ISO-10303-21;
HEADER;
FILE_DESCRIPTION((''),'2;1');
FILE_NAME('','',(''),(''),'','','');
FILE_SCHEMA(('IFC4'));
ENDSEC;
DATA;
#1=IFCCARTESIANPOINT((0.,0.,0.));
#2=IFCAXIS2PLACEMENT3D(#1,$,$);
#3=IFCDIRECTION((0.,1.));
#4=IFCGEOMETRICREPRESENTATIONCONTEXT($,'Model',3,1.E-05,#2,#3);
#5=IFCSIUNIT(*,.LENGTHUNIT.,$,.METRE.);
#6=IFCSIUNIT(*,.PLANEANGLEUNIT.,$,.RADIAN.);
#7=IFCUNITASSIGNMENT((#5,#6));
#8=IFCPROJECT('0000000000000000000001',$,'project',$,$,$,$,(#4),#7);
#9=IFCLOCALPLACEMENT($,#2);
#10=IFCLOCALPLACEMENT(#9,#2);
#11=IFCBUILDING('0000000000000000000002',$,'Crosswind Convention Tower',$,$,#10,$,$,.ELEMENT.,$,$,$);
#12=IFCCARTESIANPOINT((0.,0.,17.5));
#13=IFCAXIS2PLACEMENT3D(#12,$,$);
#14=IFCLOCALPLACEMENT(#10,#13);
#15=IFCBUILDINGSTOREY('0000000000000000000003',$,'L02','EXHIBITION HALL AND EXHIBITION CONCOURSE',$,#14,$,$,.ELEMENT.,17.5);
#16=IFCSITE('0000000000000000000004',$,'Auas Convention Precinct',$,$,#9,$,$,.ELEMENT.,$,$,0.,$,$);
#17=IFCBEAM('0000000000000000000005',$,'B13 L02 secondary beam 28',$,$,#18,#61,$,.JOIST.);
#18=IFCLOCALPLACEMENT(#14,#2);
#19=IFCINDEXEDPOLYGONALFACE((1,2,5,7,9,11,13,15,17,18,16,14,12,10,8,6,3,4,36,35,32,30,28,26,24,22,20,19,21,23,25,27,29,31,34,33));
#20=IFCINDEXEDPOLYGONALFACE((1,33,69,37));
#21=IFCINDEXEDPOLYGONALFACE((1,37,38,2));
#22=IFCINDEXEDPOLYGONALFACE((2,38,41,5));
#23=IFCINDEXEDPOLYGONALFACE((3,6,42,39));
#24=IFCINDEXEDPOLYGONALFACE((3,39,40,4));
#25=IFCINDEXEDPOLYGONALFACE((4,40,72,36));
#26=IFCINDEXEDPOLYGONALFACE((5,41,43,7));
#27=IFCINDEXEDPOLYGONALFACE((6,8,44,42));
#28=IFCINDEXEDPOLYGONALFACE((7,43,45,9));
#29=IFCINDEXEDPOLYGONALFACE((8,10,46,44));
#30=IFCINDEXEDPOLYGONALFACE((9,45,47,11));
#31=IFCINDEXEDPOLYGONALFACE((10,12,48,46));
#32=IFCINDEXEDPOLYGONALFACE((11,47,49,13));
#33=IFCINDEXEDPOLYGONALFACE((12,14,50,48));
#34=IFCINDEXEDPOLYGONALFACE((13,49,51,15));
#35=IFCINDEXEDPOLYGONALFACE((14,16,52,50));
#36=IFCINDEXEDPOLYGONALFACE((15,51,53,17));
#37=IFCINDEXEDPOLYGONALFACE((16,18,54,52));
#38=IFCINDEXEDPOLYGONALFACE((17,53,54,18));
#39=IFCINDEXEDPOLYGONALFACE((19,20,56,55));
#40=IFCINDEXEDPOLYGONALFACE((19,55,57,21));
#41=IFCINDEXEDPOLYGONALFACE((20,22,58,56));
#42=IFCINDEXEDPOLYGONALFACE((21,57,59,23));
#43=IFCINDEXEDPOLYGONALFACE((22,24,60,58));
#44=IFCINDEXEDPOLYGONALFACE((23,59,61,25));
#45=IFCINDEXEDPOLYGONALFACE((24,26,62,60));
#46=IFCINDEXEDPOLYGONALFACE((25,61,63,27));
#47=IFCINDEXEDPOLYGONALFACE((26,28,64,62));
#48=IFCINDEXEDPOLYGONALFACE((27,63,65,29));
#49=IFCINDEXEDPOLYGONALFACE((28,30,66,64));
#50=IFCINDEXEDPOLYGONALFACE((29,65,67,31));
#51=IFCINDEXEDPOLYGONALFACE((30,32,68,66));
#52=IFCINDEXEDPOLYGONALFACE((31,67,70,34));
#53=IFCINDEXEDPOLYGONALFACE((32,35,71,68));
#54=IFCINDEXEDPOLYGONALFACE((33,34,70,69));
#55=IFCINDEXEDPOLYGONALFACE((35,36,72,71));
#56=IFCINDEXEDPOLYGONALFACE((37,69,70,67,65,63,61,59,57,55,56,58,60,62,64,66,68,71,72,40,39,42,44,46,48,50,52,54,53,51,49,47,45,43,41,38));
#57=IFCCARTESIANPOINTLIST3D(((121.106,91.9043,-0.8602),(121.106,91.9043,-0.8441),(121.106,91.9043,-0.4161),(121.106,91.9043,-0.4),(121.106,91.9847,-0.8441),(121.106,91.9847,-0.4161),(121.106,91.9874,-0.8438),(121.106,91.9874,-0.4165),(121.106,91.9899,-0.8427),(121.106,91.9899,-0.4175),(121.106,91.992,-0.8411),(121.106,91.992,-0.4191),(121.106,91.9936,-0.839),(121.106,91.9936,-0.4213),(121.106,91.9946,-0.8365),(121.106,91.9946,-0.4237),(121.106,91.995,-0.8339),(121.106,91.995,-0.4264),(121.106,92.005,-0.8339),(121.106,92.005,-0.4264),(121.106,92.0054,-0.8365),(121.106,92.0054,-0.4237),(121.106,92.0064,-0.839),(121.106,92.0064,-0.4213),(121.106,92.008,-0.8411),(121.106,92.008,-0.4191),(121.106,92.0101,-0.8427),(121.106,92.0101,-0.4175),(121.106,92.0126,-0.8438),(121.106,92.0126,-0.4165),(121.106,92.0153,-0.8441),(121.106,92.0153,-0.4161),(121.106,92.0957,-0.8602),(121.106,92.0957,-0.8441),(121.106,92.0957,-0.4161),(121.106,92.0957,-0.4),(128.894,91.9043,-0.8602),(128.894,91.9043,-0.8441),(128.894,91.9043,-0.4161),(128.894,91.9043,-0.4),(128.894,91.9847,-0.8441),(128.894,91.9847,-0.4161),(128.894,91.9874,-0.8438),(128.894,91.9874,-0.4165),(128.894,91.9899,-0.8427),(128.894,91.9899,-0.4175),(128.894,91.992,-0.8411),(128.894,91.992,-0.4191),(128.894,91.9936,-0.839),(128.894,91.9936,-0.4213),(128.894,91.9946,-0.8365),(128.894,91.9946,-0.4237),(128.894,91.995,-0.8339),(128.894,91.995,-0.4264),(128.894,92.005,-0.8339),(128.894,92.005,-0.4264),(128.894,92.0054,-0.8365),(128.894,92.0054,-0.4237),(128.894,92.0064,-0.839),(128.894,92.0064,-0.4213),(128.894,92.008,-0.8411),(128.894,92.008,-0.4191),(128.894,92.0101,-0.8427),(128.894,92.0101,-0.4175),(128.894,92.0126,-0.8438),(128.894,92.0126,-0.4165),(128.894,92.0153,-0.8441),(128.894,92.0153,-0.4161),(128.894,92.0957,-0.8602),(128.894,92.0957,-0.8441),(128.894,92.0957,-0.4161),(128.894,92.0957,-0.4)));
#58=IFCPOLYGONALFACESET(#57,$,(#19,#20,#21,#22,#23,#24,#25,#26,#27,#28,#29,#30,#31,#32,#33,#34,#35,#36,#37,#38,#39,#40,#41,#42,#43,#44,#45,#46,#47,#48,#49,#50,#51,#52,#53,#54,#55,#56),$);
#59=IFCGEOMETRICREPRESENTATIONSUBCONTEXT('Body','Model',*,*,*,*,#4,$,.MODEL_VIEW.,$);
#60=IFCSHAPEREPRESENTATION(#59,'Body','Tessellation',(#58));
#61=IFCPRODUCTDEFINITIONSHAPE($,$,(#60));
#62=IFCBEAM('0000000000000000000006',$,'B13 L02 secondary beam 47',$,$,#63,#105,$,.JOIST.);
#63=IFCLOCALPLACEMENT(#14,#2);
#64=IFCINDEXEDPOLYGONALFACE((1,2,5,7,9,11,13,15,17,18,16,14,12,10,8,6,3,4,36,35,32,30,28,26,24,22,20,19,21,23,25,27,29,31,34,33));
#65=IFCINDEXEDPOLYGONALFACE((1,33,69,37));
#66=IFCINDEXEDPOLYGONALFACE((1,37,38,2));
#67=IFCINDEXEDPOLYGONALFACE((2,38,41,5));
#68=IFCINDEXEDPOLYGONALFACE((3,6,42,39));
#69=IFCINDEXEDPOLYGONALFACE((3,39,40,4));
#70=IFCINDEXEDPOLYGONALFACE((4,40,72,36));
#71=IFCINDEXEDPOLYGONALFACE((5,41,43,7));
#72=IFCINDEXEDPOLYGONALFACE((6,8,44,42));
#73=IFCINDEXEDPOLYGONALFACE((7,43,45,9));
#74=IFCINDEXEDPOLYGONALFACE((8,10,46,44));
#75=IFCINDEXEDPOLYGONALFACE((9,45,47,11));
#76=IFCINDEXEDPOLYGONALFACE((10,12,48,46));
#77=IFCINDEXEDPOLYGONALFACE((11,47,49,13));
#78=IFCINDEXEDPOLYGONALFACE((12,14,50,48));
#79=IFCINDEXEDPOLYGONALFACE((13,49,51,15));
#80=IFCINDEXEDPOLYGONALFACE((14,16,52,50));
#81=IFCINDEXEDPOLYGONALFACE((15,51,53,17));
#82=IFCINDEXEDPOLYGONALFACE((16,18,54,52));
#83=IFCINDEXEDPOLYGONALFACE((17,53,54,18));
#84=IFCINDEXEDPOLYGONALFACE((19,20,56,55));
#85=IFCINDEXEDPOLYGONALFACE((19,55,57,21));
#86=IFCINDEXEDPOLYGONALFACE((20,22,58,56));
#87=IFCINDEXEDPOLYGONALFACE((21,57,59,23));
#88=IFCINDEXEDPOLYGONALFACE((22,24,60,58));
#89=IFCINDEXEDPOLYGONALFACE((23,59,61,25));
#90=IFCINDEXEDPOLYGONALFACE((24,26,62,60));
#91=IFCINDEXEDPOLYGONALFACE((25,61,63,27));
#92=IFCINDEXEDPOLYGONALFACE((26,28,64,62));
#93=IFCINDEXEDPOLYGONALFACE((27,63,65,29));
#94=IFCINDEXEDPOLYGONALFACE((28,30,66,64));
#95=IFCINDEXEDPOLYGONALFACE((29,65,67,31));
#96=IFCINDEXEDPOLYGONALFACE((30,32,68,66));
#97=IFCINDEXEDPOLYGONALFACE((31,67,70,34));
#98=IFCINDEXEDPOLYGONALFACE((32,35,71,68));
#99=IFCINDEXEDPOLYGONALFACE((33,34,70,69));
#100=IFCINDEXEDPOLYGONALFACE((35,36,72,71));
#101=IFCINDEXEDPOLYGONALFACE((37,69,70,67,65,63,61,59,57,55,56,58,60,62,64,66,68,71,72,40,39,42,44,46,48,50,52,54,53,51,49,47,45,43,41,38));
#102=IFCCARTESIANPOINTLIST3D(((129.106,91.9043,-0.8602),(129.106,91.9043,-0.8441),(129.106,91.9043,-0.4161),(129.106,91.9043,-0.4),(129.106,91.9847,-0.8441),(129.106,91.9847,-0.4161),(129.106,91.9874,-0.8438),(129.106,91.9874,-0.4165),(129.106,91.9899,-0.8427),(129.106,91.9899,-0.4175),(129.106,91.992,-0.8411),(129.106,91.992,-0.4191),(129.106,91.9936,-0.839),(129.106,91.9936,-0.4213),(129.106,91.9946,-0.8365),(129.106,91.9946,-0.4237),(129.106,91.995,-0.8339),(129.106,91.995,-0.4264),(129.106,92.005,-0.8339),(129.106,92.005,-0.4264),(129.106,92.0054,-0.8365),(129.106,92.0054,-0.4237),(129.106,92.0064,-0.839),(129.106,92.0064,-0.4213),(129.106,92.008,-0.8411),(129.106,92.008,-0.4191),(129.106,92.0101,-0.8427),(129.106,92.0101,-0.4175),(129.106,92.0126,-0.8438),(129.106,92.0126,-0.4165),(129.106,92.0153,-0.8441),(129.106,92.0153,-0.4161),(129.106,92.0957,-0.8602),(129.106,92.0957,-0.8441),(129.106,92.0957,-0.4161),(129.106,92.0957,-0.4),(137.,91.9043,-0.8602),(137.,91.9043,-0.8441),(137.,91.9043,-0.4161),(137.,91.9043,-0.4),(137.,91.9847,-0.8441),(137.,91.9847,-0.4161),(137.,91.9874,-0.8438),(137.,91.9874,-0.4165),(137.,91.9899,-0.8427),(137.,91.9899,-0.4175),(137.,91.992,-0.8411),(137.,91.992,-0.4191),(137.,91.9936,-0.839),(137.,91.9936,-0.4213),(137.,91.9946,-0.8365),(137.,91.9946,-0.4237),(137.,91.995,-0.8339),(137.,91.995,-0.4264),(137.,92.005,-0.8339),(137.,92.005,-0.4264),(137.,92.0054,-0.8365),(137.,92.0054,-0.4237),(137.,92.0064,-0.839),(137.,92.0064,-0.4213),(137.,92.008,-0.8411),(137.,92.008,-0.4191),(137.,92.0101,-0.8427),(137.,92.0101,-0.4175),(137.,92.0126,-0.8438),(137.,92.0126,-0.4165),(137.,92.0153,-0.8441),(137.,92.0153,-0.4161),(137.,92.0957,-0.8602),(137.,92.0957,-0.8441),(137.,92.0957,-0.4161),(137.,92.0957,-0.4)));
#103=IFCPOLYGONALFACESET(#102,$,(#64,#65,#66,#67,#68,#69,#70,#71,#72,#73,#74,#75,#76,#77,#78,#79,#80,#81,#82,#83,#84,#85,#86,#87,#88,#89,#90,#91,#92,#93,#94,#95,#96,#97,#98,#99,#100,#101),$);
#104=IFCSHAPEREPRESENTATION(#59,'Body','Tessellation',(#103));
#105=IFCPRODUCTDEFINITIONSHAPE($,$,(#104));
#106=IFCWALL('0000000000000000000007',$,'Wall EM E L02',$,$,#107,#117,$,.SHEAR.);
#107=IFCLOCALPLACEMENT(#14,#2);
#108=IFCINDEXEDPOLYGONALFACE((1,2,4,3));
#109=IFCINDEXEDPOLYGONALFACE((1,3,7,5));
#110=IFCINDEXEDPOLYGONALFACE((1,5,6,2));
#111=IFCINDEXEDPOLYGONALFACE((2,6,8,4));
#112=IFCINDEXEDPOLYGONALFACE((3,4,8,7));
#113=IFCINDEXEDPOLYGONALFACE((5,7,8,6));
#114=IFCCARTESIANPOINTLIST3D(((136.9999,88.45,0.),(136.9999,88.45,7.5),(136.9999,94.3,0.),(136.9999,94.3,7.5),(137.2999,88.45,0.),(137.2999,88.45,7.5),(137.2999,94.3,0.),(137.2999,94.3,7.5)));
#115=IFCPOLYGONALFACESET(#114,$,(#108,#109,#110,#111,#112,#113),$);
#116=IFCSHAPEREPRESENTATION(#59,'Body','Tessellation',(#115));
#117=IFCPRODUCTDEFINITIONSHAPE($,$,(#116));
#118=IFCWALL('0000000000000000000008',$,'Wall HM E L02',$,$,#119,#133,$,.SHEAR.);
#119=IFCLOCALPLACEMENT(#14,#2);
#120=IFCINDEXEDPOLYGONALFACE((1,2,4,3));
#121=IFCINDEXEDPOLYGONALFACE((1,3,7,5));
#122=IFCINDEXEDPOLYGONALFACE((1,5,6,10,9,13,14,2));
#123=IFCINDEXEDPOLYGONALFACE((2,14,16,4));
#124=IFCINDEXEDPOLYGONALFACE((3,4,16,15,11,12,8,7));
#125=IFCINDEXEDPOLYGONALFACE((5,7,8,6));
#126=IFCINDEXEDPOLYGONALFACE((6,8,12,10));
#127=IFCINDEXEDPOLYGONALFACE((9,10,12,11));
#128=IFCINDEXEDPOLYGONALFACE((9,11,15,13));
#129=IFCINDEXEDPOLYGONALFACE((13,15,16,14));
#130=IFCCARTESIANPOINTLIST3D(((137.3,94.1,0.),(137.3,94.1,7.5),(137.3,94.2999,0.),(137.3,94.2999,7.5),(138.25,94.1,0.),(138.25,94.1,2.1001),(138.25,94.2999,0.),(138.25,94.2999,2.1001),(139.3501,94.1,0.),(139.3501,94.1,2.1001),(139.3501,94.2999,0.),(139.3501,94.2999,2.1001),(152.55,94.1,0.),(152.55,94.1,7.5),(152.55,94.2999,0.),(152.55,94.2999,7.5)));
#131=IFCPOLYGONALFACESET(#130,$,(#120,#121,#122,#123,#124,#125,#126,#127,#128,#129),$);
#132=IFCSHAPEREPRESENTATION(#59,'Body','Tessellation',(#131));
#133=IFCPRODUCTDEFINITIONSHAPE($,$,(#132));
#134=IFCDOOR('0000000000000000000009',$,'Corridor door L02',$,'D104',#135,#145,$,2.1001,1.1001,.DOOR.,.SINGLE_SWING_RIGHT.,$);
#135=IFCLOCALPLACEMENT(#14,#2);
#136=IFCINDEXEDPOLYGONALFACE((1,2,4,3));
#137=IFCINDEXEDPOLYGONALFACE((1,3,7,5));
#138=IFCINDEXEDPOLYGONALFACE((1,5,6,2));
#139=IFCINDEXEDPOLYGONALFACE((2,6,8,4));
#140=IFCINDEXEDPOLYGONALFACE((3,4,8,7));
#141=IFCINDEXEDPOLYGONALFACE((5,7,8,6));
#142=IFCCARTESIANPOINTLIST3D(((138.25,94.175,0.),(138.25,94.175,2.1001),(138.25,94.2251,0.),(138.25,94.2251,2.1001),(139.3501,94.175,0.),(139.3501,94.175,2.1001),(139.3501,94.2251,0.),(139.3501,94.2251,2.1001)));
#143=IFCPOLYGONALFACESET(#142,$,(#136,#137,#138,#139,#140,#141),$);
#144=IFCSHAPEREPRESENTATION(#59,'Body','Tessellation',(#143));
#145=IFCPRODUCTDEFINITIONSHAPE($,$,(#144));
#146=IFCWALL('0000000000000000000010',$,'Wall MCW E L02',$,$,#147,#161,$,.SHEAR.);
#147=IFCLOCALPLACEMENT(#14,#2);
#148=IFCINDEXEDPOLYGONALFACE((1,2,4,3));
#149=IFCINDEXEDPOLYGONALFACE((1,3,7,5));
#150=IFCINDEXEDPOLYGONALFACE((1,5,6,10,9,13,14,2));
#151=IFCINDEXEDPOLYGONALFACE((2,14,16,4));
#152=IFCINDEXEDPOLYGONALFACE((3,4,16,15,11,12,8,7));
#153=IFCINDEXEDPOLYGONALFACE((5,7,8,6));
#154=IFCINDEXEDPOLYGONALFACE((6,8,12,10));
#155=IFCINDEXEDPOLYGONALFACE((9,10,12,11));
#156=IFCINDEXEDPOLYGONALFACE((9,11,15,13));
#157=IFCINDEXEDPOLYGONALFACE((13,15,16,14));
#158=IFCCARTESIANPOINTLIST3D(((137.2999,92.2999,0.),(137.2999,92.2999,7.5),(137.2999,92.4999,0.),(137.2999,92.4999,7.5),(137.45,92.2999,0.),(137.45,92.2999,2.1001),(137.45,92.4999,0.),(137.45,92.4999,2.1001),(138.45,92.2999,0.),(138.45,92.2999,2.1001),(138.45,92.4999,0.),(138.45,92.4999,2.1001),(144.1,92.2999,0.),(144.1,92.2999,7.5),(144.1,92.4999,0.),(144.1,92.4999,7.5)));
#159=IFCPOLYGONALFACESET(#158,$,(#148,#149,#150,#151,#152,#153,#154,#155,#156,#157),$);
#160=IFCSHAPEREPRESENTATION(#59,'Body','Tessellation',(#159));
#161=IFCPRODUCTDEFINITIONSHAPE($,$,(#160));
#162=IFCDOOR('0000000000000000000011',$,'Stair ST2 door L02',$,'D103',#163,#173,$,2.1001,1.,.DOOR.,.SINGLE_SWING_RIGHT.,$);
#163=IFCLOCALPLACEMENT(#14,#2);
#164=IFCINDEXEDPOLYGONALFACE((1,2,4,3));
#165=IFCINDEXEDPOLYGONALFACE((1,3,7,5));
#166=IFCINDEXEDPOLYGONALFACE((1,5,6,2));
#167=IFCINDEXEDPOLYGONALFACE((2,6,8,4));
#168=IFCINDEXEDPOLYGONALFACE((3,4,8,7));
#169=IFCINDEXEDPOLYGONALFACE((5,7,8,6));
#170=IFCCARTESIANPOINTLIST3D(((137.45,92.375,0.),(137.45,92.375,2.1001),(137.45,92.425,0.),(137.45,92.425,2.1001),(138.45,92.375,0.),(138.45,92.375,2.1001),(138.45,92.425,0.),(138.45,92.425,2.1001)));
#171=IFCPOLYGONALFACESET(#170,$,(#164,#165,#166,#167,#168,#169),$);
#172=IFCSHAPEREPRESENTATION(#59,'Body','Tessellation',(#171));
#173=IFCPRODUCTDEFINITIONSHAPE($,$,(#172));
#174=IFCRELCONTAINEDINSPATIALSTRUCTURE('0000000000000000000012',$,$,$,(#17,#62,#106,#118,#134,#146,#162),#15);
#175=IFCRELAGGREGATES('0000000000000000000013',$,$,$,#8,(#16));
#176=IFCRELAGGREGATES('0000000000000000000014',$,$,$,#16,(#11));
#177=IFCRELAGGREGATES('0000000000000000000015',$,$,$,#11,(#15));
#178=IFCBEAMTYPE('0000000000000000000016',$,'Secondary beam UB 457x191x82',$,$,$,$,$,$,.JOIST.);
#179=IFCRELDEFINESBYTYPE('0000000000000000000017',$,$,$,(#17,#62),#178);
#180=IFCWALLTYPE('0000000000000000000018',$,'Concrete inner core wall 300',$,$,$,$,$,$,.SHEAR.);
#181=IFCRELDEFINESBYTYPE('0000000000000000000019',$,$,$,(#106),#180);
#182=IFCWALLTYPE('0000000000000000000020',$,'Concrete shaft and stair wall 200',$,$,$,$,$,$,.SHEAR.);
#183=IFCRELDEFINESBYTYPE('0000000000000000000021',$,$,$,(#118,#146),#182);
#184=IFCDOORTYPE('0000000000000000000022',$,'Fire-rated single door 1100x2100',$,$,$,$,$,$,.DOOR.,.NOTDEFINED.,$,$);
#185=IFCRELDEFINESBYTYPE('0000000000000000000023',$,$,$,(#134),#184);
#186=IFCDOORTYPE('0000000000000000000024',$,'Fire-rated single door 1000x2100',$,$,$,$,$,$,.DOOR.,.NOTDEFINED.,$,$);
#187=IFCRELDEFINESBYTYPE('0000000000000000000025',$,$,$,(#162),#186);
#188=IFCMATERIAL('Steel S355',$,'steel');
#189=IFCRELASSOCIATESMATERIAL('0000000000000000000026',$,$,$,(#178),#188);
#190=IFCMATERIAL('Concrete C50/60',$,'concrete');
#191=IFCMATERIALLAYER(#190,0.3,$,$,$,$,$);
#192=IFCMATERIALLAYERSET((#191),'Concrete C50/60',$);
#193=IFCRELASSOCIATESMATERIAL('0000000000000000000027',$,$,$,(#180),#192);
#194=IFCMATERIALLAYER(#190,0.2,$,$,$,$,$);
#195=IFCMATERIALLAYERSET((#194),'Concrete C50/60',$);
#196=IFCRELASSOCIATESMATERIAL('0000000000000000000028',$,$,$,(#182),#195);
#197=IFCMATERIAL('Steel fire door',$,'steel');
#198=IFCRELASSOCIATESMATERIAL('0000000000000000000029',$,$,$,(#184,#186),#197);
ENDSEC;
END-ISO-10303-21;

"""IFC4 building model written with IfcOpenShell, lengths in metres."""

from ifc_helpers import new_model, si_unit, direction, frame, frame_2d, origin, origin_2d, place, context, subcontext, project, spatial, rectangle, i_section, extrude, material, layer, layer_set, material_profile, profile_set, type_object, element, fill, save


model = new_model("IFC4")

# Units and contexts
model_context = context("Model", 3, precision=1e-05, world=origin(), true_north=direction((0.0, 1.0)))
body_context = subcontext(model_context, "Body", "Model", "MODEL_VIEW")
ifc_project = project(units=[si_unit("LENGTHUNIT", "METRE"), si_unit("PLANEANGLEUNIT", "RADIAN")], contexts=[model_context])

# Site, building, storey
site_placement = place(None, origin())
site = spatial("IfcSite", under=ifc_project, at=site_placement, Name="Auas Convention Precinct", CompositionType="ELEMENT", RefElevation=0.0)
building_placement = place(site_placement, origin())
building = spatial("IfcBuilding", under=site, at=building_placement, Name="Crosswind Convention Tower", CompositionType="ELEMENT")
storey_placement = place(building_placement, frame((0.0, 0.0, 17.5)))
storey = spatial("IfcBuildingStorey", under=building, at=storey_placement, Name="L02", Description="EXHIBITION HALL AND EXHIBITION CONCOURSE", CompositionType="ELEMENT", Elevation=17.5)

# Shared definitions
ifc_material_1 = material(Name="Steel S355", Category="steel")

# Beams
ifc_material_profile_1 = material_profile(ifc_material_1, i_section(OverallWidth=0.1914, OverallDepth=0.4602, WebThickness=0.01, FlangeThickness=0.0161, FilletRadius=0.0103, at=origin_2d()), Name="UB 457x191x82")
ifc_profile_set_1 = profile_set([ifc_material_profile_1], Name="Steel S355")
beam_type_1 = type_object("IfcBeamType", Name="Secondary beam UB 457x191x82", PredefinedType="JOIST", material=ifc_profile_set_1)
beam_1_placement = place(storey_placement, frame((121.106, 92.0, -0.6301), z_axis=(1.0, 0.0, 0.0), x_axis=(0.0, 1.0, 0.0)))
element("IfcBeam", 1, at=beam_1_placement, inside=storey, type_object=beam_type_1, Name="B13 L02 secondary beam 28", PredefinedType="JOIST", context=body_context, shape_type="SweptSolid", body=[
    extrude(i_section(OverallWidth=0.1914, OverallDepth=0.4602, WebThickness=0.01, FlangeThickness=0.0161, FilletRadius=0.0103, at=origin_2d()), origin(), (0.0, 0.0, 1.0), 7.7881),
])
beam_2_placement = place(storey_placement, frame((129.106, 92.0, -0.6301), z_axis=(1.0, 0.0, 0.0), x_axis=(0.0, 1.0, 0.0)))
element("IfcBeam", 2, at=beam_2_placement, inside=storey, type_object=beam_type_1, Name="B13 L02 secondary beam 47", PredefinedType="JOIST", context=body_context, shape_type="SweptSolid", body=[
    extrude(i_section(OverallWidth=0.1914, OverallDepth=0.4602, WebThickness=0.01, FlangeThickness=0.0161, FilletRadius=0.0103, at=origin_2d()), origin(), (0.0, 0.0, 1.0), 7.894),
])

# Shared definitions
ifc_material_2 = material(Name="Concrete C50/60", Category="concrete")
ifc_layer_1 = layer(ifc_material_2, 0.3)
ifc_layer_set_1 = layer_set([ifc_layer_1], Name="Concrete C50/60")
wall_type_1 = type_object("IfcWallType", Name="Concrete inner core wall 300", PredefinedType="SHEAR", material=ifc_layer_set_1)

# Wall
wall_1_placement = place(storey_placement, frame((137.1499, 88.45, 0.0), z_axis=(0.0, 0.0, 1.0), x_axis=(0.0, 1.0, 0.0)))
element("IfcWall", 3, at=wall_1_placement, inside=storey, type_object=wall_type_1, Name="Wall EM E L02", PredefinedType="SHEAR", context=body_context, shape_type="SweptSolid", body=[
    extrude(rectangle(XDim=5.8501, YDim=0.3, at=frame_2d((2.925, 0.0))), origin(), (0.0, 0.0, 1.0), 7.5),
])

# Walls, openings, doors
ifc_layer_2 = layer(ifc_material_2, 0.2)
ifc_layer_set_2 = layer_set([ifc_layer_2], Name="Concrete C50/60")
wall_type_2 = type_object("IfcWallType", Name="Concrete shaft and stair wall 200", PredefinedType="SHEAR", material=ifc_layer_set_2)
wall_2_placement = place(storey_placement, frame((137.3, 94.2, 0.0), z_axis=(0.0, 0.0, 1.0), x_axis=(1.0, 0.0, 0.0)))
wall_2 = element("IfcWall", 4, at=wall_2_placement, inside=storey, type_object=wall_type_2, Name="Wall HM E L02", PredefinedType="SHEAR", context=body_context, shape_type="SweptSolid", body=[
    extrude(rectangle(XDim=15.25, YDim=0.2, at=frame_2d((7.625, 0.0))), origin(), (0.0, 0.0, 1.0), 7.5),
])
opening_1_placement = place(wall_2_placement, frame((0.95, 0.0, 0.0)))
opening_1 = element("IfcOpeningElement", 5, at=opening_1_placement, cuts=wall_2, PredefinedType="OPENING", context=body_context, shape_type="SweptSolid", body=[
    extrude(rectangle(XDim=1.1001, YDim=2.1001, at=frame_2d((0.55, 1.05))), frame((0.0, 0.1099, 0.0), z_axis=(0.0, -1.0, 0.0), x_axis=(1.0, 0.0, 0.0)), (0.0, 0.0, 1.0), 0.22),
])
ifc_material_3 = material(Name="Steel fire door", Category="steel")
door_type_1 = type_object("IfcDoorType", Name="Fire-rated single door 1100x2100", OperationType="NOTDEFINED", PredefinedType="DOOR", material=ifc_material_3)
door_1_placement = place(opening_1_placement, frame((1.1001, 0.0, 0.0), z_axis=(0.0, 0.0, 1.0), x_axis=(-1.0, 0.0, 0.0)))
door_1 = element("IfcDoor", 6, at=door_1_placement, inside=storey, type_object=door_type_1, Name="Corridor door L02", ObjectType="D104", OperationType="SINGLE_SWING_RIGHT", OverallHeight=2.1001, OverallWidth=1.1001, PredefinedType="DOOR", context=body_context, shape_type="SweptSolid", body=[
    extrude(rectangle(XDim=1.1001, YDim=2.1001, at=frame_2d((0.55, 1.05))), frame((0.0, 0.0249, 0.0), z_axis=(0.0, -1.0, 0.0), x_axis=(1.0, 0.0, 0.0)), (0.0, 0.0, 1.0), 0.05),
])
fill(opening_1, door_1)
wall_3_placement = place(storey_placement, frame((137.3, 92.3999, 0.0), z_axis=(0.0, 0.0, 1.0), x_axis=(1.0, 0.0, 0.0)))
wall_3 = element("IfcWall", 7, at=wall_3_placement, inside=storey, type_object=wall_type_2, Name="Wall MCW E L02", PredefinedType="SHEAR", context=body_context, shape_type="SweptSolid", body=[
    extrude(rectangle(XDim=6.8, YDim=0.2, at=frame_2d((3.3999, 0.0))), origin(), (0.0, 0.0, 1.0), 7.5),
])
opening_2_placement = place(wall_3_placement, frame((0.1499, 0.0, 0.0)))
opening_2 = element("IfcOpeningElement", 8, at=opening_2_placement, cuts=wall_3, PredefinedType="OPENING", context=body_context, shape_type="SweptSolid", body=[
    extrude(rectangle(XDim=1.0, YDim=2.1001, at=frame_2d((0.5, 1.05))), frame((0.0, 0.1099, 0.0), z_axis=(0.0, -1.0, 0.0), x_axis=(1.0, 0.0, 0.0)), (0.0, 0.0, 1.0), 0.22),
])
door_type_2 = type_object("IfcDoorType", Name="Fire-rated single door 1000x2100", OperationType="NOTDEFINED", PredefinedType="DOOR", material=ifc_material_3)
door_2_placement = place(opening_2_placement, frame((1.0, 0.0, 0.0), z_axis=(0.0, 0.0, 1.0), x_axis=(-1.0, 0.0, 0.0)))
door_2 = element("IfcDoor", 9, at=door_2_placement, inside=storey, type_object=door_type_2, Name="Stair ST2 door L02", ObjectType="D103", OperationType="SINGLE_SWING_RIGHT", OverallHeight=2.1001, OverallWidth=1.0, PredefinedType="DOOR", context=body_context, shape_type="SweptSolid", body=[
    extrude(rectangle(XDim=1.0, YDim=2.1001, at=frame_2d((0.5, 1.05))), frame((0.0, 0.0249, 0.0), z_axis=(0.0, -1.0, 0.0), x_axis=(1.0, 0.0, 0.0)), (0.0, 0.0, 1.0), 0.05),
])
fill(opening_2, door_2)

save(model, "model.ifc")
